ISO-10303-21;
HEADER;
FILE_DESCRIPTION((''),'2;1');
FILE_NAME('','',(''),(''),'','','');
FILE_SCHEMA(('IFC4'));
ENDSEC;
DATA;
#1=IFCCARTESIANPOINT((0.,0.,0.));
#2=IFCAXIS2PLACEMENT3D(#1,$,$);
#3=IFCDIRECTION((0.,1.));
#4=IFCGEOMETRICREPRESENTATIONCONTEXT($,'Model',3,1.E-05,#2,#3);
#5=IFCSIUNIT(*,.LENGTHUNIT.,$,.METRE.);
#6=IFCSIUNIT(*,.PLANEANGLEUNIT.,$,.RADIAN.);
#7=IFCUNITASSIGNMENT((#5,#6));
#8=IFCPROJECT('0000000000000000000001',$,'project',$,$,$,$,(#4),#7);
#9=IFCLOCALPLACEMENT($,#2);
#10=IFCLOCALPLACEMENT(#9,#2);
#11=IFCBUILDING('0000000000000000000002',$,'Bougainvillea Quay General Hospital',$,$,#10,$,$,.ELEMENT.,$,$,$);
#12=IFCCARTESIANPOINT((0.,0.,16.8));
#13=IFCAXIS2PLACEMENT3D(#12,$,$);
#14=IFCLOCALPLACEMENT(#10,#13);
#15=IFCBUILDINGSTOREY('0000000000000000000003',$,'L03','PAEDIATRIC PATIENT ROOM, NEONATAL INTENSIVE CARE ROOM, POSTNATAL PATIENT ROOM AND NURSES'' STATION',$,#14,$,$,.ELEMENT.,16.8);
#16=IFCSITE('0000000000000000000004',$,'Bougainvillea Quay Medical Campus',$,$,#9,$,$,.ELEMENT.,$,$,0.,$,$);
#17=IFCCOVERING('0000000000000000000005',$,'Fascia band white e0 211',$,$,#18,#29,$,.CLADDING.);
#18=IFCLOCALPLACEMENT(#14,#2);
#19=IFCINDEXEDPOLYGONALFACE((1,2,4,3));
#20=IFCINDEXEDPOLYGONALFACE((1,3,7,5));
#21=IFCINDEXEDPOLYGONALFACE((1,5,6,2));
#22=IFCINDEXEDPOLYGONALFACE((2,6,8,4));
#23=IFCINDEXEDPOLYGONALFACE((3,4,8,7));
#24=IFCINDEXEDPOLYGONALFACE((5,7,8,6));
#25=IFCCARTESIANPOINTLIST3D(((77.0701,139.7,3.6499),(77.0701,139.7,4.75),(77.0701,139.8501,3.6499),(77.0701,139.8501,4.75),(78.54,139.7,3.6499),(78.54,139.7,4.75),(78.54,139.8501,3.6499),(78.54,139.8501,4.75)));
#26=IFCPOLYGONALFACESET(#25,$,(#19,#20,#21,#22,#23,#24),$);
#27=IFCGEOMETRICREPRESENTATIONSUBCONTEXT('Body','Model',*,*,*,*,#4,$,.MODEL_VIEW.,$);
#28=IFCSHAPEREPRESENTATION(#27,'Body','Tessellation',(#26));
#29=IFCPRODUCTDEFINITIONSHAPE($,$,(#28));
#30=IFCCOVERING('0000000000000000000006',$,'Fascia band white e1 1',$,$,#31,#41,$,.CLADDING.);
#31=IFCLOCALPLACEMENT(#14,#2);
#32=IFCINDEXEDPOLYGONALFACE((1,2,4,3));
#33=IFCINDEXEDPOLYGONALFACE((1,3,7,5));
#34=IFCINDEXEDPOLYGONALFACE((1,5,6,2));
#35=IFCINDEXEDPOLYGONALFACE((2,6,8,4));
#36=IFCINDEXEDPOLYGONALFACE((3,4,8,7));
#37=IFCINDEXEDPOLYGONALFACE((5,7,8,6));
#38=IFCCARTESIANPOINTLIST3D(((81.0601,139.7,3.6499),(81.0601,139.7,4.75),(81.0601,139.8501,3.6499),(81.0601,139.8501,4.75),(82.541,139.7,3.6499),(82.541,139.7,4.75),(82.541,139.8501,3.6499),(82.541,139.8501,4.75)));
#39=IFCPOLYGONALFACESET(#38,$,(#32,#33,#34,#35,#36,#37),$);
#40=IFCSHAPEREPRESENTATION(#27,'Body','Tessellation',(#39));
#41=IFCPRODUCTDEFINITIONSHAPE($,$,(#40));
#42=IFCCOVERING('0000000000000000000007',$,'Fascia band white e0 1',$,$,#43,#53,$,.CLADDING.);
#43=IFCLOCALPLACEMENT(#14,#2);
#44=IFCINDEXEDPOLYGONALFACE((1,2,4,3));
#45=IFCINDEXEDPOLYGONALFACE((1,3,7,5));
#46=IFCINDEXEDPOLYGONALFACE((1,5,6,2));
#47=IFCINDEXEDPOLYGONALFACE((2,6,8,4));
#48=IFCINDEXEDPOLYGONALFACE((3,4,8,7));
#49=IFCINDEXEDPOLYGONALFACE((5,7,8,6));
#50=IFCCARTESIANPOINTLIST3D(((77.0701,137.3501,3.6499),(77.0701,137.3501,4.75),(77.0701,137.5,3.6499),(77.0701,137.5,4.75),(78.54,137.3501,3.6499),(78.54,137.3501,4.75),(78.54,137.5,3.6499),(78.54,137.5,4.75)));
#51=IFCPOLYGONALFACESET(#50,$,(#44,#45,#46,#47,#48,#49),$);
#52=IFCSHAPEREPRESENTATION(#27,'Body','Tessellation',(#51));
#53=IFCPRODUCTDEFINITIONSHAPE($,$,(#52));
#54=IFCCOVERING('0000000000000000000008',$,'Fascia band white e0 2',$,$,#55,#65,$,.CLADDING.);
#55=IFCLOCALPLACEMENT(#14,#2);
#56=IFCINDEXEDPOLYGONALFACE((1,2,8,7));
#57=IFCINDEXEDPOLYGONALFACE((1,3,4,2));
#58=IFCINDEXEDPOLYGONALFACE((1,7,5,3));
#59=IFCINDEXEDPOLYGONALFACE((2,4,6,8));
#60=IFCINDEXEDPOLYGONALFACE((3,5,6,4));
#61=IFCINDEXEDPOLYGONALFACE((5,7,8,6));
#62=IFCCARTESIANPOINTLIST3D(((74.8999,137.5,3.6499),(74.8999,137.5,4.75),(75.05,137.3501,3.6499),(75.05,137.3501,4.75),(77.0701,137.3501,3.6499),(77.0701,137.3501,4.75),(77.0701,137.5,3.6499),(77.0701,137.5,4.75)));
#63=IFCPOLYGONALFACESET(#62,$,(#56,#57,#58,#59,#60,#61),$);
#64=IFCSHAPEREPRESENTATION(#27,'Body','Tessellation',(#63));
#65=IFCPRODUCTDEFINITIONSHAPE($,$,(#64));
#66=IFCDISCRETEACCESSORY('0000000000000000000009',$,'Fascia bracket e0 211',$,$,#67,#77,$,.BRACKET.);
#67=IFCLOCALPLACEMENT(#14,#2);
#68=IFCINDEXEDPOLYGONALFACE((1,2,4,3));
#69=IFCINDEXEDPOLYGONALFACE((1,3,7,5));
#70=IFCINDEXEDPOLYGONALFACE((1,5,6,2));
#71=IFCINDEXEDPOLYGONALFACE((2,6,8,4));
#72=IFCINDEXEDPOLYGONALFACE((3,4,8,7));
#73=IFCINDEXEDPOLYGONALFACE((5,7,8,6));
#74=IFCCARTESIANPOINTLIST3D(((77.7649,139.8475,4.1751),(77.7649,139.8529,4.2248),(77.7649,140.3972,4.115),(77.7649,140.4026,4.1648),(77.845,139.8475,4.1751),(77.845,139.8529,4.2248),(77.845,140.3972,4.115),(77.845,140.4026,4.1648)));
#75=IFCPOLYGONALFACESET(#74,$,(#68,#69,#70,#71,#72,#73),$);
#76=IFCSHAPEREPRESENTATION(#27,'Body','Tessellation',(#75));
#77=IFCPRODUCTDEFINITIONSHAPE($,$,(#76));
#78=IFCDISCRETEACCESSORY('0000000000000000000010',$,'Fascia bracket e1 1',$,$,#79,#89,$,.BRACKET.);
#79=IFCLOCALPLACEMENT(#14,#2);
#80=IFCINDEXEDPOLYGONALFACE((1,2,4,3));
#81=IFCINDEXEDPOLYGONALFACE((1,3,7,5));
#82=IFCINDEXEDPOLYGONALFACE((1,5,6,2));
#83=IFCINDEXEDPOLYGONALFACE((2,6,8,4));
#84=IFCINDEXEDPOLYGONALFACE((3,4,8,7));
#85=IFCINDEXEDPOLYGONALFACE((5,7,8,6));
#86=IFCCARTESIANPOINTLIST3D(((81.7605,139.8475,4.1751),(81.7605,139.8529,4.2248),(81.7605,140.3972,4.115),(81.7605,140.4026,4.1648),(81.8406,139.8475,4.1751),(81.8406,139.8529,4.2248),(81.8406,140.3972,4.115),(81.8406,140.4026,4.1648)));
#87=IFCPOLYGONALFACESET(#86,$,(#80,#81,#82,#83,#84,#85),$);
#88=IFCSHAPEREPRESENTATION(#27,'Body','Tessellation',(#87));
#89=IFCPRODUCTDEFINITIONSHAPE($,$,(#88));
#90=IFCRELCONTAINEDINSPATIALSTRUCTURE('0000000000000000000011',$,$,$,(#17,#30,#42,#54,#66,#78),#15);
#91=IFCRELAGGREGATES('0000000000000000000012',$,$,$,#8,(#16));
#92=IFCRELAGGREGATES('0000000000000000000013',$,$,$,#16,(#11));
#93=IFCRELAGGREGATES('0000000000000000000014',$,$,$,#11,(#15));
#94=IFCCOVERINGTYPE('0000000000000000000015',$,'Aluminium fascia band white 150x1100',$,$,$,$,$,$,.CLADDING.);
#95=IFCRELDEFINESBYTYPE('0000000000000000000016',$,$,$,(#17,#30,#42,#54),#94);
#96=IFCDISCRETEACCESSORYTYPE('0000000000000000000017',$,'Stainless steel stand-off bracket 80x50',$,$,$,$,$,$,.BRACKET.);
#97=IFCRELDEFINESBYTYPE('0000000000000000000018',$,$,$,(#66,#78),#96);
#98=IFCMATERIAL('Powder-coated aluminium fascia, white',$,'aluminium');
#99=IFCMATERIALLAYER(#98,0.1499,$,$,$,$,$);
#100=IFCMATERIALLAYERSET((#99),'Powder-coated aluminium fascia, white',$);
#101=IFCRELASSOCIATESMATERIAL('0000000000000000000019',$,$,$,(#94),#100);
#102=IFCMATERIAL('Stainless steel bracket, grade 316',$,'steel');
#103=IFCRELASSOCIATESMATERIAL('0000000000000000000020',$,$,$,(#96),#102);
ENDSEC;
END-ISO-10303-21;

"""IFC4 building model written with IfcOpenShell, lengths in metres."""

from ifc_helpers import new_model, si_unit, direction, frame, origin, origin_2d, place, context, subcontext, project, spatial, polyline, rectangle, outline, extrude, material, layer, layer_set, material_profile, profile_set, type_object, element, save


model = new_model("IFC4")

# Units and contexts
model_context = context("Model", 3, precision=1e-05, world=origin(), true_north=direction((0.0, 1.0)))
body_context = subcontext(model_context, "Body", "Model", "MODEL_VIEW")
ifc_project = project(units=[si_unit("LENGTHUNIT", "METRE"), si_unit("PLANEANGLEUNIT", "RADIAN")], contexts=[model_context])

# Site, building, storey
site_placement = place(None, origin())
site = spatial("IfcSite", under=ifc_project, at=site_placement, Name="Bougainvillea Quay Medical Campus", CompositionType="ELEMENT", RefElevation=0.0)
building_placement = place(site_placement, origin())
building = spatial("IfcBuilding", under=site, at=building_placement, Name="Bougainvillea Quay General Hospital", CompositionType="ELEMENT")
storey_placement = place(building_placement, frame((0.0, 0.0, 16.8)))
storey = spatial("IfcBuildingStorey", under=building, at=storey_placement, Name="L03", Description="PAEDIATRIC PATIENT ROOM, NEONATAL INTENSIVE CARE ROOM, POSTNATAL PATIENT ROOM AND NURSES' STATION", CompositionType="ELEMENT", Elevation=16.8)

# Coverings
ifc_material_1 = material(Name="Powder-coated aluminium fascia, white", Category="aluminium")
ifc_layer_1 = layer(ifc_material_1, 0.1499)
ifc_layer_set_1 = layer_set([ifc_layer_1], Name="Powder-coated aluminium fascia, white")
covering_type = type_object("IfcCoveringType", Name="Aluminium fascia band white 150x1100", PredefinedType="CLADDING", material=ifc_layer_set_1)
covering_1_placement = place(storey_placement, frame((77.0701, 139.8501, 3.6499), z_axis=(0.0, 0.0, 1.0), x_axis=(1.0, 0.0, 0.0)))
element("IfcCovering", 1, at=covering_1_placement, inside=storey, type_object=covering_type, Name="Fascia band white e0 211", PredefinedType="CLADDING", context=body_context, shape_type="SweptSolid", body=[
    extrude(outline(polyline([(0.0, 0.0), (1.47, 0.0), (1.47, -0.1501), (0.0, -0.1501), (0.0, 0.0)])), origin(), (0.0, 0.0, 1.0), 1.1001),
])
covering_2_placement = place(storey_placement, frame((81.0601, 139.8501, 3.6499), z_axis=(0.0, 0.0, 1.0), x_axis=(1.0, 0.0, 0.0)))
element("IfcCovering", 2, at=covering_2_placement, inside=storey, type_object=covering_type, Name="Fascia band white e1 1", PredefinedType="CLADDING", context=body_context, shape_type="SweptSolid", body=[
    extrude(outline(polyline([(0.0, 0.0), (1.481, 0.0), (1.481, -0.1501), (0.0, -0.1501), (0.0, 0.0)])), origin(), (0.0, 0.0, 1.0), 1.1001),
])
covering_3_placement = place(storey_placement, frame((78.54, 137.3501, 3.6499), z_axis=(0.0, 0.0, 1.0), x_axis=(-1.0, 0.0, 0.0)))
element("IfcCovering", 3, at=covering_3_placement, inside=storey, type_object=covering_type, Name="Fascia band white e0 1", PredefinedType="CLADDING", context=body_context, shape_type="SweptSolid", body=[
    extrude(outline(polyline([(0.0, 0.0), (1.47, 0.0), (1.47, -0.1499), (0.0, -0.1499), (0.0, 0.0)])), origin(), (0.0, 0.0, 1.0), 1.1001),
])
covering_4_placement = place(storey_placement, frame((77.0701, 137.3501, 3.6499), z_axis=(0.0, 0.0, 1.0), x_axis=(-1.0, 0.0, 0.0)))
element("IfcCovering", 4, at=covering_4_placement, inside=storey, type_object=covering_type, Name="Fascia band white e0 2", PredefinedType="CLADDING", context=body_context, shape_type="SweptSolid", body=[
    extrude(outline(polyline([(0.0, 0.0), (2.02, 0.0), (2.1702, -0.1499), (0.0, -0.1499), (0.0, 0.0)])), origin(), (0.0, 0.0, 1.0), 1.1001),
])

# Discrete accessories
ifc_material_2 = material(Name="Stainless steel bracket, grade 316", Category="steel")
ifc_material_profile_1 = material_profile(ifc_material_2, rectangle(XDim=0.0801, YDim=0.05, at=origin_2d()))
ifc_profile_set_1 = profile_set([ifc_material_profile_1], Name="Stainless steel bracket, grade 316")
discrete_accessory_type = type_object("IfcDiscreteAccessoryType", Name="Stainless steel stand-off bracket 80x50", PredefinedType="BRACKET", material=ifc_profile_set_1)
for number, where, z_axis, x_axis, name in (
    (5, (77.8049, 140.3999, 4.1399), (0.0, -0.994087, 0.10859), (1.0, 0.0, 0.0), "Fascia bracket e0 211"),
    (6, (81.8005, 140.3999, 4.1399), (0.0, -0.994087, 0.10859), (1.0, 0.0, 0.0), "Fascia bracket e1 1"),
):
    element("IfcDiscreteAccessory", number, at=place(storey_placement, frame(where, z_axis=z_axis, x_axis=x_axis)), inside=storey, type_object=discrete_accessory_type, Name=name, PredefinedType="BRACKET", context=body_context, shape_type="SweptSolid", body=[
        extrude(rectangle(XDim=0.0801, YDim=0.05, at=origin_2d()), origin(), (0.0, 0.0, 1.0), 0.553),
    ])

save(model, "model.ifc")
